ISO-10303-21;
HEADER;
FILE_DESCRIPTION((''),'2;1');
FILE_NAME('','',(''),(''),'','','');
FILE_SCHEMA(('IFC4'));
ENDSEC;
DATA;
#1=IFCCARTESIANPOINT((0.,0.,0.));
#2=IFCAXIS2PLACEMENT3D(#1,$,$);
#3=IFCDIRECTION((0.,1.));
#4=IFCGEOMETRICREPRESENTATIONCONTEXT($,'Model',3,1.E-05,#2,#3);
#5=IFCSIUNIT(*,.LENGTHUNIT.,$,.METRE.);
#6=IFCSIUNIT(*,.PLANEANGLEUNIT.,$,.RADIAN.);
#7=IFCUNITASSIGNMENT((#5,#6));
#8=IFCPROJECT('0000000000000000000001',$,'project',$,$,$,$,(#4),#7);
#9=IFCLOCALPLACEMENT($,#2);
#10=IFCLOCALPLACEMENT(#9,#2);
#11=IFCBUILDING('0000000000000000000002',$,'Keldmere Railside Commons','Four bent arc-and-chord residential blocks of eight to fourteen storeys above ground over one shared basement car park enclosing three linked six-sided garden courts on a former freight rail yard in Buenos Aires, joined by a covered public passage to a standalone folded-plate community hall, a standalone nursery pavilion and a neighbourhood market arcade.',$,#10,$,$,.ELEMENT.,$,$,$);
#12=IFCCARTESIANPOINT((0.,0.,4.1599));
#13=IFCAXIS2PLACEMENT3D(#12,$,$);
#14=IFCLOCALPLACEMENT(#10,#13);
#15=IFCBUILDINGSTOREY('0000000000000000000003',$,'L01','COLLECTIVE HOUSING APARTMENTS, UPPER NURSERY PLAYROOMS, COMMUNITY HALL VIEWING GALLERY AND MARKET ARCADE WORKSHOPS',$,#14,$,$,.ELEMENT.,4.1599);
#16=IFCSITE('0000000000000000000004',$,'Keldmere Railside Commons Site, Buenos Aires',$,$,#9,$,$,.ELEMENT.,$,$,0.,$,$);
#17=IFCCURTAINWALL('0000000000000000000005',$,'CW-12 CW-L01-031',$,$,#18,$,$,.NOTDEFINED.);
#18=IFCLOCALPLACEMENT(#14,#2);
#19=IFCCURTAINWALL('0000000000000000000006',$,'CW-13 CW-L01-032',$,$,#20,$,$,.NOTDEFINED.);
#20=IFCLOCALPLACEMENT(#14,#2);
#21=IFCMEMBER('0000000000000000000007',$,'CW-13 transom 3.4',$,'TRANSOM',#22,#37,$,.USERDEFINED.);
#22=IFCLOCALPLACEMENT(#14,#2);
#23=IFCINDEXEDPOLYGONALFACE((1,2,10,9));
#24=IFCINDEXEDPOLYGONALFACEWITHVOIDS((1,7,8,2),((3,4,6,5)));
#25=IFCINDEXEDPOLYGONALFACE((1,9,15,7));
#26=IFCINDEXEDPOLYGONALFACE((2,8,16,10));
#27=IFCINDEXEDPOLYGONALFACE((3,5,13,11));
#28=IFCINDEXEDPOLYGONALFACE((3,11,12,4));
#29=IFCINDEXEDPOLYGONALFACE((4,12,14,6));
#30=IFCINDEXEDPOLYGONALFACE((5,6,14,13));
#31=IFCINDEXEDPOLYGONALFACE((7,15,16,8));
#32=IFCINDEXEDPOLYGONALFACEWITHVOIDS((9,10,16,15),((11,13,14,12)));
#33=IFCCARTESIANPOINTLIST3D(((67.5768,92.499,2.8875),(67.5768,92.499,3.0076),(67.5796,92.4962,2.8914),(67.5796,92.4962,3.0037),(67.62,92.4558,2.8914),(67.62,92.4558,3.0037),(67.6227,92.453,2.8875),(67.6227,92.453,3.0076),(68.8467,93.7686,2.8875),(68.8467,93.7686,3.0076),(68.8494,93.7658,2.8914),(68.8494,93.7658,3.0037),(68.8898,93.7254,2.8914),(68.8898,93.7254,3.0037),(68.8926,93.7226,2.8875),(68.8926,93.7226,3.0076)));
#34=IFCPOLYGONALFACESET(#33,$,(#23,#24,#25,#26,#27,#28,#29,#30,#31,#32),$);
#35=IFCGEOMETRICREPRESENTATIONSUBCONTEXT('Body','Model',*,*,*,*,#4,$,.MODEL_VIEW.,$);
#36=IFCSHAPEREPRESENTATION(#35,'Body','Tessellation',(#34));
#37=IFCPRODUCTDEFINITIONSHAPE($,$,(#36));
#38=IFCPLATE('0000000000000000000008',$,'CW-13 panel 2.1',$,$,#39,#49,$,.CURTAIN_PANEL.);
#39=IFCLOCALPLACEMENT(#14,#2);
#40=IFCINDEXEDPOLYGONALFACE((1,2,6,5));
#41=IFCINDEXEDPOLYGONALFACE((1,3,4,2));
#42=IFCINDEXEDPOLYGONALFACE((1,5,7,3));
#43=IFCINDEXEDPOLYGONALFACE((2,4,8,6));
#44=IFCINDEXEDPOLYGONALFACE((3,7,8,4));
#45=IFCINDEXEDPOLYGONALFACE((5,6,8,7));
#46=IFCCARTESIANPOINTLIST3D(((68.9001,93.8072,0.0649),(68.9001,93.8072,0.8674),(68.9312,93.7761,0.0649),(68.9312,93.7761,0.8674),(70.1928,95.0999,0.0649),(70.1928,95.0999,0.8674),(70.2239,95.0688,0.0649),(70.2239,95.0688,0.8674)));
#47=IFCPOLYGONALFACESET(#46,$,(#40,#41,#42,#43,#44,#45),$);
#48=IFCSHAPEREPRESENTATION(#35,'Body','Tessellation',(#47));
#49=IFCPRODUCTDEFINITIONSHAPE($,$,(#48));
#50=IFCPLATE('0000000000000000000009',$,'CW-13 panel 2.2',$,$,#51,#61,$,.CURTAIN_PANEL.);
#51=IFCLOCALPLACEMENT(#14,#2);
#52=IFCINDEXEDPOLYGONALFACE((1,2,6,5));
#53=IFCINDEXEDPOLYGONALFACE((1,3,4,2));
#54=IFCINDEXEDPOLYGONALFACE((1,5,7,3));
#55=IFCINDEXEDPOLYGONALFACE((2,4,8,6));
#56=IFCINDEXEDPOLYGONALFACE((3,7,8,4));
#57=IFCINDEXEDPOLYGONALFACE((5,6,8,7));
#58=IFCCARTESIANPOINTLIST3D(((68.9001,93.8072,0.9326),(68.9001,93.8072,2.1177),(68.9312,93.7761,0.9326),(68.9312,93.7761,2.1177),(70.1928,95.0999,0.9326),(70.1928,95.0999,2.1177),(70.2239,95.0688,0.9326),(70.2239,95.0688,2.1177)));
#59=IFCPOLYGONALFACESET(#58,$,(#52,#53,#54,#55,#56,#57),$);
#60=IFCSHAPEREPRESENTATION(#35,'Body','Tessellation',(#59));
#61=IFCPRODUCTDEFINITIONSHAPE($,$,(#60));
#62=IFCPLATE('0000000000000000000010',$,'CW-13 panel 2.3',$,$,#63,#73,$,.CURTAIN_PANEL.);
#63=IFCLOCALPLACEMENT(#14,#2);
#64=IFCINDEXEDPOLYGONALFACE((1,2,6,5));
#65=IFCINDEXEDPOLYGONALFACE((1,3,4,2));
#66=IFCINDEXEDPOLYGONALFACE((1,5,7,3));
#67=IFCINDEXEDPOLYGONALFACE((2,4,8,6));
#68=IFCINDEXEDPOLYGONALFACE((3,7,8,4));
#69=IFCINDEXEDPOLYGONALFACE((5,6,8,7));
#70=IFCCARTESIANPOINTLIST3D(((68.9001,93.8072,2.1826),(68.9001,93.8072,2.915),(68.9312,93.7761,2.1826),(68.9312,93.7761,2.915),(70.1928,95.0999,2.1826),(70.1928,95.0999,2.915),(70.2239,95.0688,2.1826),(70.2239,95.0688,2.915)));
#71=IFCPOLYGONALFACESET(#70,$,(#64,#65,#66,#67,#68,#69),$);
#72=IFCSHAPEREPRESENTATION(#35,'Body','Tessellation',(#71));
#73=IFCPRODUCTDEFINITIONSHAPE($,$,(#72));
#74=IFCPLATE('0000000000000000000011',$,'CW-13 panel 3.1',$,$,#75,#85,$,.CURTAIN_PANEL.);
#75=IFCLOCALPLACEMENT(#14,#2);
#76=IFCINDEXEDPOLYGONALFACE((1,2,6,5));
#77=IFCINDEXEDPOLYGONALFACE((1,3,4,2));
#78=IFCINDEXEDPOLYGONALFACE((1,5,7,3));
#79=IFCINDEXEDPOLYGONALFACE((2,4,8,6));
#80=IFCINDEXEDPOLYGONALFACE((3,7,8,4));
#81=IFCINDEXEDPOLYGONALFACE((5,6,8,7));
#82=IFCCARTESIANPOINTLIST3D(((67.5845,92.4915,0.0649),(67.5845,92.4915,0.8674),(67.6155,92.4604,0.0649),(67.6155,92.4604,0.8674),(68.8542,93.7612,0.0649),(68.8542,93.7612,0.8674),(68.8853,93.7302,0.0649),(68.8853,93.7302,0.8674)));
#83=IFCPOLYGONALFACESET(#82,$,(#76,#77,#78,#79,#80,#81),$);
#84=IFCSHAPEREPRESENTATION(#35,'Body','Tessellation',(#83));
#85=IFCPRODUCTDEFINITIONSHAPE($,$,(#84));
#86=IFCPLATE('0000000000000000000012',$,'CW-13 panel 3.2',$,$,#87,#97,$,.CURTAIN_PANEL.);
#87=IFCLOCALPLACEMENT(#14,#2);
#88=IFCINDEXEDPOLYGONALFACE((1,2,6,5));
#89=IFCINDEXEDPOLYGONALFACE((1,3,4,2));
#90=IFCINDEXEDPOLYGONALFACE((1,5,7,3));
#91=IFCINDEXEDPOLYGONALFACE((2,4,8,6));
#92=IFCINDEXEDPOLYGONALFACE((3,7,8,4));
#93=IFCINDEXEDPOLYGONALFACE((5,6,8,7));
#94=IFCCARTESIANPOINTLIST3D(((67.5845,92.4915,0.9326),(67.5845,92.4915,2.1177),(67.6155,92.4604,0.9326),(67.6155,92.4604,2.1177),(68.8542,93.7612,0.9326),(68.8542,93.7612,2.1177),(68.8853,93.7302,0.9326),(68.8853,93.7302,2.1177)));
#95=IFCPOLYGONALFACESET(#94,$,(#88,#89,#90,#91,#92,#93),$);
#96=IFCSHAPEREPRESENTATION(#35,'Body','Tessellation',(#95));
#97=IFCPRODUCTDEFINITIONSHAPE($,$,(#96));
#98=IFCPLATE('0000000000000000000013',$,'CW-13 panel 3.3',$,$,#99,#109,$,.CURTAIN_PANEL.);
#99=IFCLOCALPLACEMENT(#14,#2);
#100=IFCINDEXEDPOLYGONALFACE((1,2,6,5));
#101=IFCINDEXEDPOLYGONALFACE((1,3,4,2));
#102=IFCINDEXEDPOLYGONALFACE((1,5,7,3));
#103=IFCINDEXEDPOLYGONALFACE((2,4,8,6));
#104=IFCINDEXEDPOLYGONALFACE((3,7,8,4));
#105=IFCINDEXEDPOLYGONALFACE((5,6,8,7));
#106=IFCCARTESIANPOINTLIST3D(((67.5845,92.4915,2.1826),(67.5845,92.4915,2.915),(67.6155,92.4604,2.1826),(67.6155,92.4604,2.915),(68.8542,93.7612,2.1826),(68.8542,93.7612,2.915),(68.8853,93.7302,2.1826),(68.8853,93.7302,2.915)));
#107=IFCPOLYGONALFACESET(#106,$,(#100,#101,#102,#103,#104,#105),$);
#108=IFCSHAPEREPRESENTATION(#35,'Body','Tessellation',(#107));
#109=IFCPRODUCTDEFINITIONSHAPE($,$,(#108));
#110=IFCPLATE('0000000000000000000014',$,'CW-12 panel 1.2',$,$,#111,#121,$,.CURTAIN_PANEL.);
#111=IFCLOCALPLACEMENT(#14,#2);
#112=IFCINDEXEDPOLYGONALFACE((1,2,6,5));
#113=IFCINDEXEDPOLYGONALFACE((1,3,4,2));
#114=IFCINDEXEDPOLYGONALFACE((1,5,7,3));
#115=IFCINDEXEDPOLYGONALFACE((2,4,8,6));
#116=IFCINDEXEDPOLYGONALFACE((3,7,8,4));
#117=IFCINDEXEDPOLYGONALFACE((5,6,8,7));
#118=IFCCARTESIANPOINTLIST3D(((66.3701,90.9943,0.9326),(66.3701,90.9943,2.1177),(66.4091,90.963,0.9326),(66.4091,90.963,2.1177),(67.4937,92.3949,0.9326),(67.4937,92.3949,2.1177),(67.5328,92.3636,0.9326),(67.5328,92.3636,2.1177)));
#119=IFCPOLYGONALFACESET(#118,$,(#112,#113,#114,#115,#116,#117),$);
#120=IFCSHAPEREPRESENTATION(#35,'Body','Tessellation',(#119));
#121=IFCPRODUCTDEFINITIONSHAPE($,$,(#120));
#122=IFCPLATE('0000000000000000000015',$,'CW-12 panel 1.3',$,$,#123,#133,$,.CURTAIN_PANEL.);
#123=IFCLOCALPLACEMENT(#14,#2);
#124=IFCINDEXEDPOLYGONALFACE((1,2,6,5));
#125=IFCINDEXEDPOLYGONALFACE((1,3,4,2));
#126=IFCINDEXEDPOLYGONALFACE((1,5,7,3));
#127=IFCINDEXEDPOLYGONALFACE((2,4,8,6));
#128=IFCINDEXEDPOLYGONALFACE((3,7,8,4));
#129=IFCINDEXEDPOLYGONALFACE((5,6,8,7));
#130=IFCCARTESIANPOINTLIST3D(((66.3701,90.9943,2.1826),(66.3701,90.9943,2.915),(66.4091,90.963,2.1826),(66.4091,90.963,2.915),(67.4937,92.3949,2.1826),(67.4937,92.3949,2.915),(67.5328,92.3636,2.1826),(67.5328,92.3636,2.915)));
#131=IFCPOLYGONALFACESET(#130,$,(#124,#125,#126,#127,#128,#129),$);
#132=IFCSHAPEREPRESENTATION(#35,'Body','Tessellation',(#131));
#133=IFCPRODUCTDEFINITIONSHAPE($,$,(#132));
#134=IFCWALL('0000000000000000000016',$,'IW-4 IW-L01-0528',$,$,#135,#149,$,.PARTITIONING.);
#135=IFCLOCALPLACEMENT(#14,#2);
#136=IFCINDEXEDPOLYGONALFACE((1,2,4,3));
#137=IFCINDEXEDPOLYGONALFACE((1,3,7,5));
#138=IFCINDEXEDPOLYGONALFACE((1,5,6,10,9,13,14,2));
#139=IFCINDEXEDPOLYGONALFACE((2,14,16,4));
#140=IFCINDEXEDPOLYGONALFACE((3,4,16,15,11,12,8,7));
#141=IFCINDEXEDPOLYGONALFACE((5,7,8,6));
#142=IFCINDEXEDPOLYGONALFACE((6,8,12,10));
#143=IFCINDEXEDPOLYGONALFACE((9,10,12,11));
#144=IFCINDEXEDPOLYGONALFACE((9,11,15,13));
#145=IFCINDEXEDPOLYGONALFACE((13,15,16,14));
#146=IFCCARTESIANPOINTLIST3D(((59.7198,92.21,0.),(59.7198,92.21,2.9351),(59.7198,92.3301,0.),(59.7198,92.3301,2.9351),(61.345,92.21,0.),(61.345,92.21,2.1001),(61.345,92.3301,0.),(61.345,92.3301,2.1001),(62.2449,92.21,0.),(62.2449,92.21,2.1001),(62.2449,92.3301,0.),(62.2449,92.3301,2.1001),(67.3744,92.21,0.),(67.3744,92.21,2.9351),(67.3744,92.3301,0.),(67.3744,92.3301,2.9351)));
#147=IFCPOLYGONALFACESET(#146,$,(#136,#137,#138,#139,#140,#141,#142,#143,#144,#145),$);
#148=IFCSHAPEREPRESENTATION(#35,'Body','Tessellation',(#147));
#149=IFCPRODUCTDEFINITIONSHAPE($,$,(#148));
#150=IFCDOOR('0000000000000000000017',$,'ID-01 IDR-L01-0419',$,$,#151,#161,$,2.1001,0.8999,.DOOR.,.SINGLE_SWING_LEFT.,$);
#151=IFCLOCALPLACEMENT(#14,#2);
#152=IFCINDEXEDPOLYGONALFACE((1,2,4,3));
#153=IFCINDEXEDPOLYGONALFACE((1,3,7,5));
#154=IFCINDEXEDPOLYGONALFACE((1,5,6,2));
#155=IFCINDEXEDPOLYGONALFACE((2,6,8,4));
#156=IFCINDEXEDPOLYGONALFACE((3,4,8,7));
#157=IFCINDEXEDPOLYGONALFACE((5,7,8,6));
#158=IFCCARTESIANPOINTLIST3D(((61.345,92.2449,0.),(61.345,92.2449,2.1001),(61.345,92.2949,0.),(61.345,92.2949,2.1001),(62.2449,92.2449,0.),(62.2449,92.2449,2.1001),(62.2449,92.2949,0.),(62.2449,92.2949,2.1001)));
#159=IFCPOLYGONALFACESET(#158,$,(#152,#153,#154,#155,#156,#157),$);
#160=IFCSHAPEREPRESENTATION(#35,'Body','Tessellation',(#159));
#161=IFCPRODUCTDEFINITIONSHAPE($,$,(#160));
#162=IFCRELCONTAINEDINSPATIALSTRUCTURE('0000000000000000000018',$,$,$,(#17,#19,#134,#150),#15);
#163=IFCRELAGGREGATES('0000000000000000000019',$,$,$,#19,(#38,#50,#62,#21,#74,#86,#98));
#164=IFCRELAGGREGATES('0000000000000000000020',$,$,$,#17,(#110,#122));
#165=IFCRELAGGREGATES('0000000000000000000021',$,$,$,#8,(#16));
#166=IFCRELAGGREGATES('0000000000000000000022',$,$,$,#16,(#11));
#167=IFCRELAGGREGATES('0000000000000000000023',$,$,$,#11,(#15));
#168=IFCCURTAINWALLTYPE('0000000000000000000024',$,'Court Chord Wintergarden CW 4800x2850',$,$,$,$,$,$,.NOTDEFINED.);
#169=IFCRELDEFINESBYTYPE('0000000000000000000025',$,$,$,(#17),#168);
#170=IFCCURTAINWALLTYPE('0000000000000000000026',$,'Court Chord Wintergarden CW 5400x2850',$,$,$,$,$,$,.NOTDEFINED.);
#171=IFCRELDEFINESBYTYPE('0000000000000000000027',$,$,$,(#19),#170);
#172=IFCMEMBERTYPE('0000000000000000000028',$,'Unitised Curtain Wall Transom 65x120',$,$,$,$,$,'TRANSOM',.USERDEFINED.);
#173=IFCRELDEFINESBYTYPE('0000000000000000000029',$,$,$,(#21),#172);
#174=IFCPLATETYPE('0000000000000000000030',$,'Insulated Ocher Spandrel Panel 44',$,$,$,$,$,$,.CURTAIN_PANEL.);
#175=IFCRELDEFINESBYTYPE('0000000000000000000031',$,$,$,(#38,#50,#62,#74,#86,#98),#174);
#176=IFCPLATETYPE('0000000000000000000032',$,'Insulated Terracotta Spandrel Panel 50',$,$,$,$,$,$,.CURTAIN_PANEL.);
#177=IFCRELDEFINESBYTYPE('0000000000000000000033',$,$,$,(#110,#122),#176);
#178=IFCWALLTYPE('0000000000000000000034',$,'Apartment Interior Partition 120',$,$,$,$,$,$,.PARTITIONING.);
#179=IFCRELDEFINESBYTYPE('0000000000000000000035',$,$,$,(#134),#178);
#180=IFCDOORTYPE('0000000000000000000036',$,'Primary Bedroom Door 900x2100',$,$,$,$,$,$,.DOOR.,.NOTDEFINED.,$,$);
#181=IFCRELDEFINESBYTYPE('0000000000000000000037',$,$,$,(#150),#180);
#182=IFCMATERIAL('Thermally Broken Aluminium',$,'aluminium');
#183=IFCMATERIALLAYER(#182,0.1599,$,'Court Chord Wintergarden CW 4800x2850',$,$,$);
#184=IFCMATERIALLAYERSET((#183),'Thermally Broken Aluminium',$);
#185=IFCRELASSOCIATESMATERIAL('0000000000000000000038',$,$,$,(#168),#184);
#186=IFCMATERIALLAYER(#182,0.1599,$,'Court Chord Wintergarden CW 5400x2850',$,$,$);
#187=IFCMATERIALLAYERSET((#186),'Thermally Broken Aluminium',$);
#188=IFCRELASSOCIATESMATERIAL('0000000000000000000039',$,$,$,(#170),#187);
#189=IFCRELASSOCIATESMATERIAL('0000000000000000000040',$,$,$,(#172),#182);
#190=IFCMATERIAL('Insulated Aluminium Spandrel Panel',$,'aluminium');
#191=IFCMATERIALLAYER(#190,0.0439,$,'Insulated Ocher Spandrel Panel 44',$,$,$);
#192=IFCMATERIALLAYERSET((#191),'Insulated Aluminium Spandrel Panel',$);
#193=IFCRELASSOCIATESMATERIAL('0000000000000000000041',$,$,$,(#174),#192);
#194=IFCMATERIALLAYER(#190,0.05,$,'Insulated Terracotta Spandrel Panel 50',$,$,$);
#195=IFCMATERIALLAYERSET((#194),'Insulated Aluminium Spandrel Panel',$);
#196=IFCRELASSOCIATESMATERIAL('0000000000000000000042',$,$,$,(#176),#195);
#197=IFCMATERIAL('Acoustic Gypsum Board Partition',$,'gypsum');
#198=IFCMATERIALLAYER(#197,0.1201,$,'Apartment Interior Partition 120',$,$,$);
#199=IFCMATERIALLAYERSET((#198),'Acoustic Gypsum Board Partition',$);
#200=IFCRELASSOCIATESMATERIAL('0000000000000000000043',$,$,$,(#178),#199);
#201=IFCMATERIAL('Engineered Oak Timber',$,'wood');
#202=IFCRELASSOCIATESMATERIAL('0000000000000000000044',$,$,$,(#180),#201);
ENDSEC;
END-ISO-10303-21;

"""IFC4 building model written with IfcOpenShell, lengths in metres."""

from ifc_helpers import new_model, si_unit, direction, frame, frame_2d, origin, origin_2d, place, context, subcontext, project, spatial, rectangle, hollow_rectangle, extrude, material, layer, layer_set, material_profile, profile_set, type_object, element, fill, aggregate, save


model = new_model("IFC4")

# Units and contexts
model_context = context("Model", 3, precision=1e-05, world=origin(), true_north=direction((0.0, 1.0)))
body_context = subcontext(model_context, "Body", "Model", "MODEL_VIEW")
ifc_project = project(units=[si_unit("LENGTHUNIT", "METRE"), si_unit("PLANEANGLEUNIT", "RADIAN")], contexts=[model_context])

# Site, building, storey
site_placement = place(None, origin())
site = spatial("IfcSite", under=ifc_project, at=site_placement, Name="Keldmere Railside Commons Site, Buenos Aires", CompositionType="ELEMENT", RefElevation=0.0)
building_placement = place(site_placement, origin())
building = spatial("IfcBuilding", under=site, at=building_placement, Name="Keldmere Railside Commons", Description="Four bent arc-and-chord residential blocks of eight to fourteen storeys above ground over one shared basement car park enclosing three linked six-sided garden courts on a former freight rail yard in Buenos Aires, joined by a covered public passage to a standalone folded-plate community hall, a standalone nursery pavilion and a neighbourhood market arcade.", CompositionType="ELEMENT")
storey_placement = place(building_placement, frame((0.0, 0.0, 4.1599)))
storey = spatial("IfcBuildingStorey", under=building, at=storey_placement, Name="L01", Description="COLLECTIVE HOUSING APARTMENTS, UPPER NURSERY PLAYROOMS, COMMUNITY HALL VIEWING GALLERY AND MARKET ARCADE WORKSHOPS", CompositionType="ELEMENT", Elevation=4.1599)

# Curtain wall
ifc_material_1 = material(Name="Thermally Broken Aluminium", Category="aluminium")
ifc_layer_1 = layer(ifc_material_1, 0.1599, Name="Court Chord Wintergarden CW 4800x2850")
ifc_layer_set_1 = layer_set([ifc_layer_1], Name="Thermally Broken Aluminium")
curtain_wall_type_1 = type_object("IfcCurtainWallType", Name="Court Chord Wintergarden CW 4800x2850", PredefinedType="NOTDEFINED", material=ifc_layer_set_1)
curtain_wall_1_placement = place(storey_placement, origin())
curtain_wall_1 = element("IfcCurtainWall", 1, at=curtain_wall_1_placement, inside=storey, type_object=curtain_wall_type_1, Name="CW-12 CW-L01-031", PredefinedType="NOTDEFINED")

# Curtain wall
ifc_layer_2 = layer(ifc_material_1, 0.1599, Name="Court Chord Wintergarden CW 5400x2850")
ifc_layer_set_2 = layer_set([ifc_layer_2], Name="Thermally Broken Aluminium")
curtain_wall_type_2 = type_object("IfcCurtainWallType", Name="Court Chord Wintergarden CW 5400x2850", PredefinedType="NOTDEFINED", material=ifc_layer_set_2)
curtain_wall_2_placement = place(storey_placement, origin())
curtain_wall_2 = element("IfcCurtainWall", 2, at=curtain_wall_2_placement, inside=storey, type_object=curtain_wall_type_2, Name="CW-13 CW-L01-032", PredefinedType="NOTDEFINED")

# Member
ifc_material_profile_1 = material_profile(ifc_material_1, hollow_rectangle(XDim=0.0649, YDim=0.1201, WallThickness=0.0039, at=origin_2d()), Name="ALU-TRAN-65x120")
ifc_profile_set_1 = profile_set([ifc_material_profile_1], Name="Thermally Broken Aluminium")
member_type_1 = type_object("IfcMemberType", Name="Unitised Curtain Wall Transom 65x120", ElementType="TRANSOM", PredefinedType="USERDEFINED", material=ifc_profile_set_1)
member_1_placement = place(storey_placement, frame((68.8696, 93.7456, 2.9475), z_axis=(-0.707175, -0.707039, 0.0), x_axis=(0.707039, -0.707175, 0.0)))
member_1 = element("IfcMember", 3, at=member_1_placement, type_object=member_type_1, Name="CW-13 transom 3.4", ObjectType="TRANSOM", PredefinedType="USERDEFINED", context=body_context, shape_type="SweptSolid", body=[
    extrude(hollow_rectangle(XDim=0.0649, YDim=0.1201, WallThickness=0.0039, at=origin_2d()), origin(), (0.0, 0.0, 1.0), 1.7957),
])

# Plates
ifc_material_2 = material(Name="Insulated Aluminium Spandrel Panel", Category="aluminium")
ifc_layer_3 = layer(ifc_material_2, 0.0439, Name="Insulated Ocher Spandrel Panel 44")
ifc_layer_set_3 = layer_set([ifc_layer_3], Name="Insulated Aluminium Spandrel Panel")
plate_type_1 = type_object("IfcPlateType", Name="Insulated Ocher Spandrel Panel 44", PredefinedType="CURTAIN_PANEL", material=ifc_layer_set_3)
plate_1_placement = place(storey_placement, frame((69.562, 94.438, 0.0649), z_axis=(0.0, 0.0, 1.0), x_axis=(-0.707107, -0.707107, 0.0)))
plate_1 = element("IfcPlate", 4, at=plate_1_placement, type_object=plate_type_1, Name="CW-13 panel 2.1", PredefinedType="CURTAIN_PANEL", context=body_context, shape_type="SweptSolid", body=[
    extrude(rectangle(XDim=1.8281, YDim=0.0439, at=origin_2d()), origin(), (0.0, 0.0, 1.0), 0.8025),
])
plate_2_placement = place(storey_placement, frame((69.562, 94.438, 0.9326), z_axis=(0.0, 0.0, 1.0), x_axis=(-0.707107, -0.707107, 0.0)))
plate_2 = element("IfcPlate", 5, at=plate_2_placement, type_object=plate_type_1, Name="CW-13 panel 2.2", PredefinedType="CURTAIN_PANEL", context=body_context, shape_type="SweptSolid", body=[
    extrude(rectangle(XDim=1.8281, YDim=0.0439, at=origin_2d()), origin(), (0.0, 0.0, 1.0), 1.1851),
])
plate_3_placement = place(storey_placement, frame((69.562, 94.438, 2.1826), z_axis=(0.0, 0.0, 1.0), x_axis=(-0.707107, -0.707107, 0.0)))
plate_3 = element("IfcPlate", 6, at=plate_3_placement, type_object=plate_type_1, Name="CW-13 panel 2.3", PredefinedType="CURTAIN_PANEL", context=body_context, shape_type="SweptSolid", body=[
    extrude(rectangle(XDim=1.8281, YDim=0.0439, at=origin_2d()), origin(), (0.0, 0.0, 1.0), 0.7324),
])
plate_4_placement = place(storey_placement, frame((68.2349, 93.1108, 0.0649), z_axis=(0.0, 0.0, 1.0), x_axis=(-0.707107, -0.707107, 0.0)))
plate_4 = element("IfcPlate", 7, at=plate_4_placement, type_object=plate_type_1, Name="CW-13 panel 3.1", PredefinedType="CURTAIN_PANEL", context=body_context, shape_type="SweptSolid", body=[
    extrude(rectangle(XDim=1.7957, YDim=0.0439, at=origin_2d()), origin(), (0.0, 0.0, 1.0), 0.8025),
])
plate_5_placement = place(storey_placement, frame((68.2349, 93.1108, 0.9326), z_axis=(0.0, 0.0, 1.0), x_axis=(-0.707107, -0.707107, 0.0)))
plate_5 = element("IfcPlate", 8, at=plate_5_placement, type_object=plate_type_1, Name="CW-13 panel 3.2", PredefinedType="CURTAIN_PANEL", context=body_context, shape_type="SweptSolid", body=[
    extrude(rectangle(XDim=1.7957, YDim=0.0439, at=origin_2d()), origin(), (0.0, 0.0, 1.0), 1.1851),
])
plate_6_placement = place(storey_placement, frame((68.2349, 93.1108, 2.1826), z_axis=(0.0, 0.0, 1.0), x_axis=(-0.707107, -0.707107, 0.0)))
plate_6 = element("IfcPlate", 9, at=plate_6_placement, type_object=plate_type_1, Name="CW-13 panel 3.3", PredefinedType="CURTAIN_PANEL", context=body_context, shape_type="SweptSolid", body=[
    extrude(rectangle(XDim=1.7957, YDim=0.0439, at=origin_2d()), origin(), (0.0, 0.0, 1.0), 0.7324),
])
aggregate(curtain_wall_2, [plate_1, plate_2, plate_3, member_1, plate_4, plate_5, plate_6])
ifc_layer_4 = layer(ifc_material_2, 0.05, Name="Insulated Terracotta Spandrel Panel 50")
ifc_layer_set_4 = layer_set([ifc_layer_4], Name="Insulated Aluminium Spandrel Panel")
plate_type_2 = type_object("IfcPlateType", Name="Insulated Terracotta Spandrel Panel 50", PredefinedType="CURTAIN_PANEL", material=ifc_layer_set_4)
plate_7_placement = place(storey_placement, frame((66.9514, 91.679, 0.9326), z_axis=(0.0, 0.0, 1.0), x_axis=(-0.625768, -0.780009, 0.0)))
plate_7 = element("IfcPlate", 10, at=plate_7_placement, type_object=plate_type_2, Name="CW-12 panel 1.2", PredefinedType="CURTAIN_PANEL", context=body_context, shape_type="SweptSolid", body=[
    extrude(rectangle(XDim=1.7957, YDim=0.05, at=origin_2d()), origin(), (0.0, 0.0, 1.0), 1.1851),
])
plate_8_placement = place(storey_placement, frame((66.9514, 91.679, 2.1826), z_axis=(0.0, 0.0, 1.0), x_axis=(-0.625768, -0.780009, 0.0)))
plate_8 = element("IfcPlate", 11, at=plate_8_placement, type_object=plate_type_2, Name="CW-12 panel 1.3", PredefinedType="CURTAIN_PANEL", context=body_context, shape_type="SweptSolid", body=[
    extrude(rectangle(XDim=1.7957, YDim=0.05, at=origin_2d()), origin(), (0.0, 0.0, 1.0), 0.7324),
])
aggregate(curtain_wall_1, [plate_7, plate_8])

# Wall, opening, door
ifc_material_3 = material(Name="Acoustic Gypsum Board Partition", Category="gypsum")
ifc_layer_5 = layer(ifc_material_3, 0.1201, Name="Apartment Interior Partition 120")
ifc_layer_set_5 = layer_set([ifc_layer_5], Name="Acoustic Gypsum Board Partition")
wall_type = type_object("IfcWallType", Name="Apartment Interior Partition 120", PredefinedType="PARTITIONING", material=ifc_layer_set_5)
wall_placement = place(storey_placement, frame((59.72, 92.27, 0.0), z_axis=(0.0, 0.0, 1.0), x_axis=(1.0, 0.0, 0.0)))
wall = element("IfcWall", 12, at=wall_placement, inside=storey, type_object=wall_type, Name="IW-4 IW-L01-0528", PredefinedType="PARTITIONING", context=body_context, shape_type="SweptSolid", body=[
    extrude(rectangle(XDim=7.6545, YDim=0.1201, at=frame_2d((3.8271, 0.0))), origin(), (0.0, 0.0, 1.0), 2.9351),
])
opening_placement = place(wall_placement, frame((1.625, 0.0, 0.0)))
opening = element("IfcOpeningElement", 13, at=opening_placement, cuts=wall, PredefinedType="OPENING", context=body_context, shape_type="SweptSolid", body=[
    extrude(rectangle(XDim=0.8999, YDim=2.1001, at=frame_2d((0.45, 1.05))), frame((0.0, 0.0701, 0.0), z_axis=(0.0, -1.0, 0.0), x_axis=(1.0, 0.0, 0.0)), (0.0, 0.0, 1.0), 0.1401),
])
ifc_material_4 = material(Name="Engineered Oak Timber", Category="wood")
door_type = type_object("IfcDoorType", Name="Primary Bedroom Door 900x2100", OperationType="NOTDEFINED", PredefinedType="DOOR", material=ifc_material_4)
door_placement = place(opening_placement, origin())
door = element("IfcDoor", 14, at=door_placement, inside=storey, type_object=door_type, Name="ID-01 IDR-L01-0419", OperationType="SINGLE_SWING_LEFT", OverallHeight=2.1001, OverallWidth=0.8999, PredefinedType="DOOR", context=body_context, shape_type="SweptSolid", body=[
    extrude(rectangle(XDim=0.8999, YDim=2.1001, at=frame_2d((0.45, 1.05))), frame((0.0, 0.0249, 0.0), z_axis=(0.0, -1.0, 0.0), x_axis=(1.0, 0.0, 0.0)), (0.0, 0.0, 1.0), 0.05),
])
fill(opening, door)

save(model, "model.ifc")
